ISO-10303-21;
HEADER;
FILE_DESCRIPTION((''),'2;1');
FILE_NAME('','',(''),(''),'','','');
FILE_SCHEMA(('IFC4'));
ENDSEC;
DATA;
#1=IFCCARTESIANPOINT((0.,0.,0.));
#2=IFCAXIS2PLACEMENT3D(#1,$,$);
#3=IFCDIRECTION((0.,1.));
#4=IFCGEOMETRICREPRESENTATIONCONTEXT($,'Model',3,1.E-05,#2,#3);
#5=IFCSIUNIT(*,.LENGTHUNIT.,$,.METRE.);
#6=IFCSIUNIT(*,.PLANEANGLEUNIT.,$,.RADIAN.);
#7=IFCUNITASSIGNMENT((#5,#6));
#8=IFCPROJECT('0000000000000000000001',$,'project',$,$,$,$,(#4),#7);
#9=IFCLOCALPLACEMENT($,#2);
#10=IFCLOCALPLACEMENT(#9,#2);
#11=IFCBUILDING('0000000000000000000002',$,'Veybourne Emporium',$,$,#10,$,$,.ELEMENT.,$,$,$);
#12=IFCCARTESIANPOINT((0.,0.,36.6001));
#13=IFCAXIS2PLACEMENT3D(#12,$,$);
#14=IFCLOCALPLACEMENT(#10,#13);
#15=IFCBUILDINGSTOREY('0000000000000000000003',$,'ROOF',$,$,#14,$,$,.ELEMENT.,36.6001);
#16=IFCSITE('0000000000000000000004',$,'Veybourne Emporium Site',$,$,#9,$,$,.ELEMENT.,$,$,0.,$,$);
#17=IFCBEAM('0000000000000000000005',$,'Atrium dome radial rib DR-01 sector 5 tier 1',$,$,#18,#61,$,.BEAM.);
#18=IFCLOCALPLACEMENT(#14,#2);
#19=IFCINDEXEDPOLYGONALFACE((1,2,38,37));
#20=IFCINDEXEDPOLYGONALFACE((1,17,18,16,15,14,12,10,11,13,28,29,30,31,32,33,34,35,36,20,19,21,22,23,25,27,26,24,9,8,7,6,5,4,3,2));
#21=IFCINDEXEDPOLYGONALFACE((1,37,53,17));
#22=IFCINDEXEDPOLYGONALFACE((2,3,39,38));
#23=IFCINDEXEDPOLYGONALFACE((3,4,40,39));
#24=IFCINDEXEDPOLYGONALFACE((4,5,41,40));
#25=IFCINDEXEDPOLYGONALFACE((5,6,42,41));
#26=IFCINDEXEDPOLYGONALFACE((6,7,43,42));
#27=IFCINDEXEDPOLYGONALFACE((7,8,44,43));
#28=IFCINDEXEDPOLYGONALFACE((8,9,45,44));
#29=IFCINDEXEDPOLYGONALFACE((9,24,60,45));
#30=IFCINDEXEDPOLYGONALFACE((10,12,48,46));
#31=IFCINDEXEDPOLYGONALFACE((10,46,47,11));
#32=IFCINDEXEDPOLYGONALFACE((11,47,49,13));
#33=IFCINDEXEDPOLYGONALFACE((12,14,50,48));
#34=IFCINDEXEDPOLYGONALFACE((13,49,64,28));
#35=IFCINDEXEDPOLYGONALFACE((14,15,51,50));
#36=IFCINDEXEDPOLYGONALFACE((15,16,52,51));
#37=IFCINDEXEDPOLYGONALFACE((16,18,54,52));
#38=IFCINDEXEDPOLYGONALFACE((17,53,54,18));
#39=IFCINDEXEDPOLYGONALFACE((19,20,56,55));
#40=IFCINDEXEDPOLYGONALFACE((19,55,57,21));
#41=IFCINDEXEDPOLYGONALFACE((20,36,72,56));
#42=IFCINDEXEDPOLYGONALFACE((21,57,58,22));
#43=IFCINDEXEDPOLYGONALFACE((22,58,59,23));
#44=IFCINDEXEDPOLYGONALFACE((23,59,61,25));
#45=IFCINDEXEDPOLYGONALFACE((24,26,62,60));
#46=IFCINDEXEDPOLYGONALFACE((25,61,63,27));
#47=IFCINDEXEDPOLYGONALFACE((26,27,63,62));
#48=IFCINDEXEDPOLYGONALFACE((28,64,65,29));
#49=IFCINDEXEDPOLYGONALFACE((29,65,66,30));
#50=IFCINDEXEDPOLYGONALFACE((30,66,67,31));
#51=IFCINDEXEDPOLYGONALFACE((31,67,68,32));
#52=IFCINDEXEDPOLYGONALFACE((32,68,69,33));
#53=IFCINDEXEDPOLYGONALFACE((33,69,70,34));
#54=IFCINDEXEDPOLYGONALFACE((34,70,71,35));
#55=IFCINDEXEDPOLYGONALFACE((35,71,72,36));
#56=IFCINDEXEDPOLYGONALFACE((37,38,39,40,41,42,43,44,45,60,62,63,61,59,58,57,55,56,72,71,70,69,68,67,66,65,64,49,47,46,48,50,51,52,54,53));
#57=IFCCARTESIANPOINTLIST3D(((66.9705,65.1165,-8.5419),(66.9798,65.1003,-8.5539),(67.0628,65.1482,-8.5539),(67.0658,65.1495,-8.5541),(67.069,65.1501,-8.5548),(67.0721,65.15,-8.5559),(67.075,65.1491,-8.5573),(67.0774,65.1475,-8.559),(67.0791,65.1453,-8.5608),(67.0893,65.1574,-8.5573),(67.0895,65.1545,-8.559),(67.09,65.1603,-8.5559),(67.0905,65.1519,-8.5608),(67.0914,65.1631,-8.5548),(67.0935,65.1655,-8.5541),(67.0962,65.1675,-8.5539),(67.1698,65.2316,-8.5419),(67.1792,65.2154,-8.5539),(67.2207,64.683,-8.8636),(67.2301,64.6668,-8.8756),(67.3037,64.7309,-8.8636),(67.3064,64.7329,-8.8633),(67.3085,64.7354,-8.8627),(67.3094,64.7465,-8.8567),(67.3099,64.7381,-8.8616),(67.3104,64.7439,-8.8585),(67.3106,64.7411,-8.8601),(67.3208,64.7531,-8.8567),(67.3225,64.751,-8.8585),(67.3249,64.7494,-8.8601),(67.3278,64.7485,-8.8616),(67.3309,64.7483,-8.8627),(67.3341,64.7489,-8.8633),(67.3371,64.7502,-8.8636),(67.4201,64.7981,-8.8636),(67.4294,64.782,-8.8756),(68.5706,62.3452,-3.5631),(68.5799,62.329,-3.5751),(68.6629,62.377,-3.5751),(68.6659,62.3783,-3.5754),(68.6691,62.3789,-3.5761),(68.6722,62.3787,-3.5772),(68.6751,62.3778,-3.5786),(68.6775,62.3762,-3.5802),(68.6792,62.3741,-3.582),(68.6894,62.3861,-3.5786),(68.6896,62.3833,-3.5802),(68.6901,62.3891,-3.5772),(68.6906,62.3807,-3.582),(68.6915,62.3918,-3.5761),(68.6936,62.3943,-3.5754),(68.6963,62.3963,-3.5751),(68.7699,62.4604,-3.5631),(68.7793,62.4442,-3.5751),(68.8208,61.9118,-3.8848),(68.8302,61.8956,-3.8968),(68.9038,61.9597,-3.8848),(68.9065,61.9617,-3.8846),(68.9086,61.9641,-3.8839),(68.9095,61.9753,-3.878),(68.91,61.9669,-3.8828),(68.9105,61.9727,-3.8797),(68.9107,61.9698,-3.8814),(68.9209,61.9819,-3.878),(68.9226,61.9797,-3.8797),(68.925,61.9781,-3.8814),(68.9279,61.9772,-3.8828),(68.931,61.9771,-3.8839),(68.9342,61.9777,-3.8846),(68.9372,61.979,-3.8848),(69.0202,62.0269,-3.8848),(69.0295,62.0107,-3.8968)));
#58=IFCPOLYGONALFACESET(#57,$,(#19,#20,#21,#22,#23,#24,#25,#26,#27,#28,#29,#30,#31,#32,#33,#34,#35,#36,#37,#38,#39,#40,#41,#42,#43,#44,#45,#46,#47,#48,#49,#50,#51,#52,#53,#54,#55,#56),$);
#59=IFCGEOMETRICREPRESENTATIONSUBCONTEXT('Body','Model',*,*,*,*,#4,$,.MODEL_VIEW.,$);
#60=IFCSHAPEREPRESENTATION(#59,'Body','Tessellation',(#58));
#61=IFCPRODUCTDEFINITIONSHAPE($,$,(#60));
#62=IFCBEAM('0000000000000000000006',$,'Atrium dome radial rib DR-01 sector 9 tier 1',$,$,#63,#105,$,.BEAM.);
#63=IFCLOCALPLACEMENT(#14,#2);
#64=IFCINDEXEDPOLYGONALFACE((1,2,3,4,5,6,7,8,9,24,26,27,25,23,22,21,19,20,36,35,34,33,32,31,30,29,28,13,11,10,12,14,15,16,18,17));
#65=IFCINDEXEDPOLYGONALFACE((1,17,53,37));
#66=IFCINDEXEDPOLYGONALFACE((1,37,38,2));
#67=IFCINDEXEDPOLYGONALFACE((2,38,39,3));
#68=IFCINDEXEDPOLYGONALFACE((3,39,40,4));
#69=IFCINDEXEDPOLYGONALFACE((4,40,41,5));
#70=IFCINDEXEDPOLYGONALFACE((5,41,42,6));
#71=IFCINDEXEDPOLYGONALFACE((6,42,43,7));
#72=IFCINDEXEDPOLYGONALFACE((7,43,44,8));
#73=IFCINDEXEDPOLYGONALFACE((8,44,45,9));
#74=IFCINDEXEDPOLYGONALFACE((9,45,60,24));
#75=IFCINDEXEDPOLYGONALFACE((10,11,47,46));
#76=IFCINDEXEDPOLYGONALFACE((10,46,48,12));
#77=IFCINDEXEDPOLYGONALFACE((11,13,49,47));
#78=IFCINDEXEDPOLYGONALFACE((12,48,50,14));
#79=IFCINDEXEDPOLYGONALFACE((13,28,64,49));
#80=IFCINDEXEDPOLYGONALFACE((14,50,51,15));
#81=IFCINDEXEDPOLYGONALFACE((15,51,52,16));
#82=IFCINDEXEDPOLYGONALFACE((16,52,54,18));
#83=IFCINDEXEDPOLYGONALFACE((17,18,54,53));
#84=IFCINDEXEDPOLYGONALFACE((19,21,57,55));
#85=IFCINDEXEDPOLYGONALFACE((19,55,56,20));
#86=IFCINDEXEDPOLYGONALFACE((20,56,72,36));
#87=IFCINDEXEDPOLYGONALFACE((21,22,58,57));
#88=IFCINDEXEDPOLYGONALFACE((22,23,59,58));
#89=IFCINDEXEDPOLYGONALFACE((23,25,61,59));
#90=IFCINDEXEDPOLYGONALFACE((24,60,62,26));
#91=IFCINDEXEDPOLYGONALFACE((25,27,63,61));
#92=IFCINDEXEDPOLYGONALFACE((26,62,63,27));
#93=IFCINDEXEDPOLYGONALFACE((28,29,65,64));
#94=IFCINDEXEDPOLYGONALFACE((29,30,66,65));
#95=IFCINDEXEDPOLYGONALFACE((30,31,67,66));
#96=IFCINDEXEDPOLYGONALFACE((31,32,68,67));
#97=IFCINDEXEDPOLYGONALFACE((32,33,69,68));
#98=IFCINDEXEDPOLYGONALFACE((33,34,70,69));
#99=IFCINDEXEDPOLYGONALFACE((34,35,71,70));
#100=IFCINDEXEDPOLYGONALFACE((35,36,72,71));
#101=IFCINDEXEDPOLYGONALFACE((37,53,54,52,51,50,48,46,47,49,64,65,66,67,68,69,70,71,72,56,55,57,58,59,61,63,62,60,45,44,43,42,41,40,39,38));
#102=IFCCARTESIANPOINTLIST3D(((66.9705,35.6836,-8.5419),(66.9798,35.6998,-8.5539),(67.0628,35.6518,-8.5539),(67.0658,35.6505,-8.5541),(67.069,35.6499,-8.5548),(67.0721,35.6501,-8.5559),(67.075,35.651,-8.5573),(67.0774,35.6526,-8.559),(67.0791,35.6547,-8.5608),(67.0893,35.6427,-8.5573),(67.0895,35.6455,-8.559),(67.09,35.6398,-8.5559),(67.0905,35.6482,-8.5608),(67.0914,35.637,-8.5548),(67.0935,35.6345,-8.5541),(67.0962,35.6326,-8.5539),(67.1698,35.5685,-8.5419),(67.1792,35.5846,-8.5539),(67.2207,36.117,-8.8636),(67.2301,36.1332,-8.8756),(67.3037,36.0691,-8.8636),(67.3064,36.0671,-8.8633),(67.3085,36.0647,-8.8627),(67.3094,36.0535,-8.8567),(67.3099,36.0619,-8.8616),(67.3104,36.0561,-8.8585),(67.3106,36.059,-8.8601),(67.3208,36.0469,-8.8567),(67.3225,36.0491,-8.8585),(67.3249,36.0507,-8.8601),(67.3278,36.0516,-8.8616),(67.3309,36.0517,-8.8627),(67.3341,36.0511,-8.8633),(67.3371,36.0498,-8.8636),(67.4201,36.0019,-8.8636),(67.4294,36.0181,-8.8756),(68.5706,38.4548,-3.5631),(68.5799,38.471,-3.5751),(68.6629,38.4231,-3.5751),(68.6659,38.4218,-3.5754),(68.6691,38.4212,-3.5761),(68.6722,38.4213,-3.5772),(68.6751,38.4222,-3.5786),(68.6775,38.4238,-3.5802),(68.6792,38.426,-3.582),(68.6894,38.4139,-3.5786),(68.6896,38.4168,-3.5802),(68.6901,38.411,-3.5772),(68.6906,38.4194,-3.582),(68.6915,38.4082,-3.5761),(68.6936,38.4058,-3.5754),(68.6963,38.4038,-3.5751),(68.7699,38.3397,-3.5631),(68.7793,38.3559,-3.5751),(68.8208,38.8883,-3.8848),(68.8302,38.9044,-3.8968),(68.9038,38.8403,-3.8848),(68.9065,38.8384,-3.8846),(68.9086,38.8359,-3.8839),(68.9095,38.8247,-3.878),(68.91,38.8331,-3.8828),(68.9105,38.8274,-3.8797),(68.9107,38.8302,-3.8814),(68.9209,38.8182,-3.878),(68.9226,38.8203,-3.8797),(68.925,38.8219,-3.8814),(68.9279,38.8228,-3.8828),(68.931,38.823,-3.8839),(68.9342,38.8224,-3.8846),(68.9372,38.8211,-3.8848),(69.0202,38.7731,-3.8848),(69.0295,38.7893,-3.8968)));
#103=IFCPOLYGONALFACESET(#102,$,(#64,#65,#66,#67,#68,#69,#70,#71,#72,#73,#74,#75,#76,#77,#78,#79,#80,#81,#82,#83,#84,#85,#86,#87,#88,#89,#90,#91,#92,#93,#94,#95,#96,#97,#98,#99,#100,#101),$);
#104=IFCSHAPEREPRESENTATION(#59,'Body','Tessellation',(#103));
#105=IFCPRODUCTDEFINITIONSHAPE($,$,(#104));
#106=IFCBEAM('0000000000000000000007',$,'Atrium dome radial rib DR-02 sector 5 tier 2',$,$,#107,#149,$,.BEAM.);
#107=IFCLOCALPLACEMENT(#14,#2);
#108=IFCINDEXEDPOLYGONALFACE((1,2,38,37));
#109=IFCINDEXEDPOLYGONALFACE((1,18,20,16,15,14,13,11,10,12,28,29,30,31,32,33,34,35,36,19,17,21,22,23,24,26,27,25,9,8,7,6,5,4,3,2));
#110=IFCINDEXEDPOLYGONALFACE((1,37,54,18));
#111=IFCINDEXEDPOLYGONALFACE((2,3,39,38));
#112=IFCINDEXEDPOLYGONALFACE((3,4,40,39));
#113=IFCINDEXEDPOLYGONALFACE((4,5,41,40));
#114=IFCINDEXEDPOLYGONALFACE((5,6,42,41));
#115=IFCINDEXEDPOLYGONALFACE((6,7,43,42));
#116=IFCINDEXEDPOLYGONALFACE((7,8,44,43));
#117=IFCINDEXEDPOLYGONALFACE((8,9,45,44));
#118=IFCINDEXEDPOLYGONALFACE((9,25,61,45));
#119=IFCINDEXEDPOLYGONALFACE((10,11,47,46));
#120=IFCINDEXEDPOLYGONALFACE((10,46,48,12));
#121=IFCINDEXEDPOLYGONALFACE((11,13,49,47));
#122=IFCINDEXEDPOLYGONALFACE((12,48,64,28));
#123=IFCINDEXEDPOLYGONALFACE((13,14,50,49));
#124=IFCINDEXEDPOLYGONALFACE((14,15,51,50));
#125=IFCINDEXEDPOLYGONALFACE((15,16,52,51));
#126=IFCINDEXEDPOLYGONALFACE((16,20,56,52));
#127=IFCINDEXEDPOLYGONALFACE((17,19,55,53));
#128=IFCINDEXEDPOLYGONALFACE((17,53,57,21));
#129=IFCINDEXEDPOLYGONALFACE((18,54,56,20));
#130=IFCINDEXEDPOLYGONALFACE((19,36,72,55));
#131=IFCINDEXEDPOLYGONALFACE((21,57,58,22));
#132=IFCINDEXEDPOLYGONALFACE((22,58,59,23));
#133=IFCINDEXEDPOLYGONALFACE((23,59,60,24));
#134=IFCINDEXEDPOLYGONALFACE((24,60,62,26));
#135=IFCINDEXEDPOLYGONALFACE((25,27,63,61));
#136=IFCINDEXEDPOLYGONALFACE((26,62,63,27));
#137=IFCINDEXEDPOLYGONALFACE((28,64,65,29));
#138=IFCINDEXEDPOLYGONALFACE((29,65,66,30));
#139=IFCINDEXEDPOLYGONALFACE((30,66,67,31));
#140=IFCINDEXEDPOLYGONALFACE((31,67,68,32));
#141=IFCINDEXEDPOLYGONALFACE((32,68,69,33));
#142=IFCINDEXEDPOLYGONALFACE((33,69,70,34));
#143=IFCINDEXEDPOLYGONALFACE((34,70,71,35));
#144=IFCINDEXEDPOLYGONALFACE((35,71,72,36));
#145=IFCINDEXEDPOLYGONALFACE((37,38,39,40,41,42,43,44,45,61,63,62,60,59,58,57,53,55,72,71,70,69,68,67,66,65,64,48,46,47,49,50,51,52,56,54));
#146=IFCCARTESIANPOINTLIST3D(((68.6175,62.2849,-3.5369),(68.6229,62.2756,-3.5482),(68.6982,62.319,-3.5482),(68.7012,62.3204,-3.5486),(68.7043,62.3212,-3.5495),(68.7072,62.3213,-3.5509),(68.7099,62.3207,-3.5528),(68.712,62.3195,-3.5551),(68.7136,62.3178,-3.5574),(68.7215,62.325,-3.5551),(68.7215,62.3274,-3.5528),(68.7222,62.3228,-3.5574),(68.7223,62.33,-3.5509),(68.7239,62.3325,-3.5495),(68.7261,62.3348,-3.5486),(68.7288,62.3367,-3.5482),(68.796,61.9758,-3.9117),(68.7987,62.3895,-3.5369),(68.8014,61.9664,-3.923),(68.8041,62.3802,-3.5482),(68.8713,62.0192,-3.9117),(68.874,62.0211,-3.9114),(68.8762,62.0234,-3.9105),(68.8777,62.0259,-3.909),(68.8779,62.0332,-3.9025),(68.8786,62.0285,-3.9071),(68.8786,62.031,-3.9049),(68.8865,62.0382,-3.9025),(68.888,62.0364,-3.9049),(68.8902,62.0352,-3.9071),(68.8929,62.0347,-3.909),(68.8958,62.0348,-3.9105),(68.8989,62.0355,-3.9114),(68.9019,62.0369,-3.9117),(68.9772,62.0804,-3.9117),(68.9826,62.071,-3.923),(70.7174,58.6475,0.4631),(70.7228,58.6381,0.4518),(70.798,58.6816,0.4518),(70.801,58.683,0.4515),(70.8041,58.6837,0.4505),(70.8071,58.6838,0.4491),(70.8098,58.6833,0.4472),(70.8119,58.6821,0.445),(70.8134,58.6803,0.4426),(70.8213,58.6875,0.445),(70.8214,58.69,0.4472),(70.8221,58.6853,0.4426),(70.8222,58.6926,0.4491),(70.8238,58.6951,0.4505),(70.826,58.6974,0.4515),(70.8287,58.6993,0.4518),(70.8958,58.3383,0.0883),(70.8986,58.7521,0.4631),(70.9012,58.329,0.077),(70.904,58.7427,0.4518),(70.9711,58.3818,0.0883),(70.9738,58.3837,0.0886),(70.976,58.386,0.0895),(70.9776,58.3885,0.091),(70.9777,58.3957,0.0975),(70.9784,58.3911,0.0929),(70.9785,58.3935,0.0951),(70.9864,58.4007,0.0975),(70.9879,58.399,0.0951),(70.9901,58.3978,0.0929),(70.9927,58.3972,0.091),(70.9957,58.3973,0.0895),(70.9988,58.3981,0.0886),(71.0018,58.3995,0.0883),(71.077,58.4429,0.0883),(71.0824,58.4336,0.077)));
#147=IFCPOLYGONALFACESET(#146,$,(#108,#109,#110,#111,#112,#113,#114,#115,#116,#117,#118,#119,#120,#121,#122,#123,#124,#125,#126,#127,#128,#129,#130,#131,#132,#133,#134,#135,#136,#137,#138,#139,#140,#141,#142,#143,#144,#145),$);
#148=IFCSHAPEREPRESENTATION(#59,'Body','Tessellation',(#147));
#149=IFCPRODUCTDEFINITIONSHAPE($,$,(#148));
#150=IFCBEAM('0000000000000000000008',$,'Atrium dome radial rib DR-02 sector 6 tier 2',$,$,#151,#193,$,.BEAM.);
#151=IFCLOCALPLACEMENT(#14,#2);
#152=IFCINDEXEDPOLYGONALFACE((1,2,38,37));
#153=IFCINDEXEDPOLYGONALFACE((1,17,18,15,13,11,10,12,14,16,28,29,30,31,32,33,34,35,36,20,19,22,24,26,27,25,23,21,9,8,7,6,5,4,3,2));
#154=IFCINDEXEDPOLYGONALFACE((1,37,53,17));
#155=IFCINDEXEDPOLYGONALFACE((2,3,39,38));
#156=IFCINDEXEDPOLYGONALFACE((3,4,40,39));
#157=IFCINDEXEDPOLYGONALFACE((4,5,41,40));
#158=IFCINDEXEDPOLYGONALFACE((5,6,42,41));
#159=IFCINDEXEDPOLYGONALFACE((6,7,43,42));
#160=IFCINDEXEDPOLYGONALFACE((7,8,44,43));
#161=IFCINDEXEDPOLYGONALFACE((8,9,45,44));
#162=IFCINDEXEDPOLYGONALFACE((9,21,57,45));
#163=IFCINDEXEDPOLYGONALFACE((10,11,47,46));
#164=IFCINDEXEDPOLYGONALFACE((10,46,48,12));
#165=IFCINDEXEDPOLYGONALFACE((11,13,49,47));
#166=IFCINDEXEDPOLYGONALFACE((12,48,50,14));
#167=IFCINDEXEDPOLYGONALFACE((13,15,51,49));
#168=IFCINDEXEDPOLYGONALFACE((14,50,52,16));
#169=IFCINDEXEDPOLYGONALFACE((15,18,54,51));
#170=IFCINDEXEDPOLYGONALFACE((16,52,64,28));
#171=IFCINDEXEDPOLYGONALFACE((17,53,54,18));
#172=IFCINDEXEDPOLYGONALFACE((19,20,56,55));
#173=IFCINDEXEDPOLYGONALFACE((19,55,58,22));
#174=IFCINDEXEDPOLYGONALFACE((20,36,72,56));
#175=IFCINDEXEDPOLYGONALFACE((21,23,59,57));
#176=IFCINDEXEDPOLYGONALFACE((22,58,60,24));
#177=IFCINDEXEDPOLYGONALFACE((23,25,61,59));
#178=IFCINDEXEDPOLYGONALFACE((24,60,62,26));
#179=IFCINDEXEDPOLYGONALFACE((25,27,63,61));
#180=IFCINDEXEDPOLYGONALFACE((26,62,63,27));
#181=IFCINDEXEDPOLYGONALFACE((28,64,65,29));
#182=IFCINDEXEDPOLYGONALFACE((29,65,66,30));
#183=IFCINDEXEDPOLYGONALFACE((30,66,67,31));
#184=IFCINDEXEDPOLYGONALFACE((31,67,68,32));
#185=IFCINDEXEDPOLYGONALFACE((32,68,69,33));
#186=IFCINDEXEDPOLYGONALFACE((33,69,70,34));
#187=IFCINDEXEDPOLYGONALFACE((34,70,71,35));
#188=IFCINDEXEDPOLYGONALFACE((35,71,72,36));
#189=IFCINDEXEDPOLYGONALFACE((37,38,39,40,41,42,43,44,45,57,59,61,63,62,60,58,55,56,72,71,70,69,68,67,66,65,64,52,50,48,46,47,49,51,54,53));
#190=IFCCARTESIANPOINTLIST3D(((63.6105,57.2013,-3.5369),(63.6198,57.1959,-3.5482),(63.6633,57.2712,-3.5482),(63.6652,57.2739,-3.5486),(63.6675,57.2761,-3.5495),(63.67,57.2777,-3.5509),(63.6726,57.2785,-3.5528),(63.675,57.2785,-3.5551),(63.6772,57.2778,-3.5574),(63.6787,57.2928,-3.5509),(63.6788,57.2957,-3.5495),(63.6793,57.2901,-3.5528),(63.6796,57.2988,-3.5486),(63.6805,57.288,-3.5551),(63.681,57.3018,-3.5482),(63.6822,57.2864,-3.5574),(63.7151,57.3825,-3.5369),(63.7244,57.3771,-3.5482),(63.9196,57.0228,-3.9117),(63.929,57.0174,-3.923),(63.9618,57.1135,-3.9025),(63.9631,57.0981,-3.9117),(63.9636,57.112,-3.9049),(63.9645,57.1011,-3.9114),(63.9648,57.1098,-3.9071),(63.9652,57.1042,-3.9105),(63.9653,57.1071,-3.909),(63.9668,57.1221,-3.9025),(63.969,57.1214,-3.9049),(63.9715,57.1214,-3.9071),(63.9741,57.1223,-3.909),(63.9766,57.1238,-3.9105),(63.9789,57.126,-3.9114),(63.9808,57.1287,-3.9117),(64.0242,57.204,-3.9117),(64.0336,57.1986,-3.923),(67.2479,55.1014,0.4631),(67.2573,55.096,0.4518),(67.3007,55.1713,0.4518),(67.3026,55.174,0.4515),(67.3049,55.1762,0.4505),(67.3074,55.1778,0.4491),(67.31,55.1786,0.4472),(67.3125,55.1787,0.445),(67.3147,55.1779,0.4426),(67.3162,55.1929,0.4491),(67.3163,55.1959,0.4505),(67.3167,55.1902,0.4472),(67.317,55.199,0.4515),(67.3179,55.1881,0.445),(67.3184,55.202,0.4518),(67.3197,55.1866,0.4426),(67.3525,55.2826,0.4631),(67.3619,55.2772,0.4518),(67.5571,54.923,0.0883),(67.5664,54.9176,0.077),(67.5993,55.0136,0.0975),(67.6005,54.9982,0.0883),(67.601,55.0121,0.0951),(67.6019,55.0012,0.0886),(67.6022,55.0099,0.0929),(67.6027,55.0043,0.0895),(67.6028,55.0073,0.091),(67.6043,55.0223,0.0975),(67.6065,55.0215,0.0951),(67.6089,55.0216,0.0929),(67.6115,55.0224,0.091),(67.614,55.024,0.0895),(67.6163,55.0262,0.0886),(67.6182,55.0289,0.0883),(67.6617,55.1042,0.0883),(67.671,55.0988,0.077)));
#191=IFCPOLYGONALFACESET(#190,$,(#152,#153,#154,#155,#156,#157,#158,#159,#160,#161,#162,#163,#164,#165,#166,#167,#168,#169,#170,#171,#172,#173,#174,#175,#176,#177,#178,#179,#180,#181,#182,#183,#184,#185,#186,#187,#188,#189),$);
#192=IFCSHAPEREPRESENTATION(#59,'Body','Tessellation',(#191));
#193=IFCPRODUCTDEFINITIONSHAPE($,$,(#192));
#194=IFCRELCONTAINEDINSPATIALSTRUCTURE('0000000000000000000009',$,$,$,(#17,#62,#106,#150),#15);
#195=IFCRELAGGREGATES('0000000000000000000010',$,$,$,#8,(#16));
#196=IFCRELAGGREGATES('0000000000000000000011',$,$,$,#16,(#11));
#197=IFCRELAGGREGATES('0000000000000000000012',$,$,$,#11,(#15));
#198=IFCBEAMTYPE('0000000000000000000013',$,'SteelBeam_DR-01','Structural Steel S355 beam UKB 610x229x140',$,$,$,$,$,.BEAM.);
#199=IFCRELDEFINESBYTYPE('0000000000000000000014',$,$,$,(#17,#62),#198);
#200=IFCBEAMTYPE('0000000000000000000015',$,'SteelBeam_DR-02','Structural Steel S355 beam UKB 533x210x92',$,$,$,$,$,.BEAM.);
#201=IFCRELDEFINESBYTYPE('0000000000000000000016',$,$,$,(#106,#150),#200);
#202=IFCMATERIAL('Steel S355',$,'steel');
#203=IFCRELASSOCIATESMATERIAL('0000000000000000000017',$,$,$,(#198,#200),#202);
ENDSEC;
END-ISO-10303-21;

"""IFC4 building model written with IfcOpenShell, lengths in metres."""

from ifc_helpers import new_model, si_unit, direction, frame, origin, origin_2d, place, context, subcontext, project, spatial, i_section, extrude, material, material_profile, profile_set, type_object, element, save


model = new_model("IFC4")

# Units and contexts
model_context = context("Model", 3, precision=1e-05, world=origin(), true_north=direction((0.0, 1.0)))
body_context = subcontext(model_context, "Body", "Model", "MODEL_VIEW")
ifc_project = project(units=[si_unit("LENGTHUNIT", "METRE"), si_unit("PLANEANGLEUNIT", "RADIAN")], contexts=[model_context])

# Site, building, storey
site_placement = place(None, origin())
site = spatial("IfcSite", under=ifc_project, at=site_placement, Name="Veybourne Emporium Site", CompositionType="ELEMENT", RefElevation=0.0)
building_placement = place(site_placement, origin())
building = spatial("IfcBuilding", under=site, at=building_placement, Name="Veybourne Emporium", CompositionType="ELEMENT")
storey_placement = place(building_placement, frame((0.0, 0.0, 36.6001)))
storey = spatial("IfcBuildingStorey", under=building, at=storey_placement, Name="ROOF", CompositionType="ELEMENT", Elevation=36.6001)

# Beams
ifc_material_1 = material(Name="Steel S355", Category="steel")
ifc_material_profile_1 = material_profile(ifc_material_1, i_section(OverallWidth=0.2302, OverallDepth=0.6172, WebThickness=0.0132, FlangeThickness=0.0222, FilletRadius=0.0127, at=origin_2d()), Name="UKB 610x229x140")
ifc_profile_set_1 = profile_set([ifc_material_profile_1], Name="Steel S355")
beam_type_1 = type_object("IfcBeamType", Name="SteelBeam_DR-01", Description="Structural Steel S355 beam UKB 610x229x140", PredefinedType="BEAM", material=ifc_profile_set_1)
for number, where, z_axis, x_axis, name in (
    (1, (67.2, 64.9492, -8.7087), (0.270357, -0.468237, 0.841226), (0.866009, 0.500028, 0.0), "Atrium dome radial rib DR-01 sector 5 tier 1"),
    (2, (67.2, 35.8508, -8.7087), (0.270357, 0.468237, 0.841226), (-0.866009, 0.500028, 0.0), "Atrium dome radial rib DR-01 sector 9 tier 1"),
):
    element("IfcBeam", number, at=place(storey_placement, frame(where, z_axis=z_axis, x_axis=x_axis)), inside=storey, type_object=beam_type_1, Name=name, PredefinedType="BEAM", context=body_context, shape_type="SweptSolid", body=[
        extrude(i_section(OverallWidth=0.2302, OverallDepth=0.6172, WebThickness=0.0132, FlangeThickness=0.0222, FilletRadius=0.0127, at=origin_2d()), origin(), (0.0, 0.0, 1.0), 5.9185),
    ])
ifc_material_profile_2 = material_profile(ifc_material_1, i_section(OverallWidth=0.2092, OverallDepth=0.5332, WebThickness=0.01, FlangeThickness=0.0156, FilletRadius=0.0127, at=origin_2d()), Name="UKB 533x210x92")
ifc_profile_set_2 = profile_set([ifc_material_profile_2], Name="Steel S355")
beam_type_2 = type_object("IfcBeamType", Name="SteelBeam_DR-02", Description="Structural Steel S355 beam UKB 533x210x92", PredefinedType="BEAM", material=ifc_profile_set_2)
for number, where, z_axis, x_axis, name in (
    (3, (68.8, 62.178, -3.73), (0.362041, -0.627143, 0.689651), (0.866049, 0.499959, 0.0), "Atrium dome radial rib DR-02 sector 5 tier 2"),
    (4, (63.822, 57.2, -3.73), (0.627143, -0.362041, 0.689651), (0.499959, 0.866049, 0.0), "Atrium dome radial rib DR-02 sector 6 tier 2"),
):
    element("IfcBeam", number, at=place(storey_placement, frame(where, z_axis=z_axis, x_axis=x_axis)), inside=storey, type_object=beam_type_2, Name=name, PredefinedType="BEAM", context=body_context, shape_type="SweptSolid", body=[
        extrude(i_section(OverallWidth=0.2092, OverallDepth=0.5332, WebThickness=0.01, FlangeThickness=0.0156, FilletRadius=0.0127, at=origin_2d()), origin(), (0.0, 0.0, 1.0), 5.8),
    ])

save(model, "model.ifc")
